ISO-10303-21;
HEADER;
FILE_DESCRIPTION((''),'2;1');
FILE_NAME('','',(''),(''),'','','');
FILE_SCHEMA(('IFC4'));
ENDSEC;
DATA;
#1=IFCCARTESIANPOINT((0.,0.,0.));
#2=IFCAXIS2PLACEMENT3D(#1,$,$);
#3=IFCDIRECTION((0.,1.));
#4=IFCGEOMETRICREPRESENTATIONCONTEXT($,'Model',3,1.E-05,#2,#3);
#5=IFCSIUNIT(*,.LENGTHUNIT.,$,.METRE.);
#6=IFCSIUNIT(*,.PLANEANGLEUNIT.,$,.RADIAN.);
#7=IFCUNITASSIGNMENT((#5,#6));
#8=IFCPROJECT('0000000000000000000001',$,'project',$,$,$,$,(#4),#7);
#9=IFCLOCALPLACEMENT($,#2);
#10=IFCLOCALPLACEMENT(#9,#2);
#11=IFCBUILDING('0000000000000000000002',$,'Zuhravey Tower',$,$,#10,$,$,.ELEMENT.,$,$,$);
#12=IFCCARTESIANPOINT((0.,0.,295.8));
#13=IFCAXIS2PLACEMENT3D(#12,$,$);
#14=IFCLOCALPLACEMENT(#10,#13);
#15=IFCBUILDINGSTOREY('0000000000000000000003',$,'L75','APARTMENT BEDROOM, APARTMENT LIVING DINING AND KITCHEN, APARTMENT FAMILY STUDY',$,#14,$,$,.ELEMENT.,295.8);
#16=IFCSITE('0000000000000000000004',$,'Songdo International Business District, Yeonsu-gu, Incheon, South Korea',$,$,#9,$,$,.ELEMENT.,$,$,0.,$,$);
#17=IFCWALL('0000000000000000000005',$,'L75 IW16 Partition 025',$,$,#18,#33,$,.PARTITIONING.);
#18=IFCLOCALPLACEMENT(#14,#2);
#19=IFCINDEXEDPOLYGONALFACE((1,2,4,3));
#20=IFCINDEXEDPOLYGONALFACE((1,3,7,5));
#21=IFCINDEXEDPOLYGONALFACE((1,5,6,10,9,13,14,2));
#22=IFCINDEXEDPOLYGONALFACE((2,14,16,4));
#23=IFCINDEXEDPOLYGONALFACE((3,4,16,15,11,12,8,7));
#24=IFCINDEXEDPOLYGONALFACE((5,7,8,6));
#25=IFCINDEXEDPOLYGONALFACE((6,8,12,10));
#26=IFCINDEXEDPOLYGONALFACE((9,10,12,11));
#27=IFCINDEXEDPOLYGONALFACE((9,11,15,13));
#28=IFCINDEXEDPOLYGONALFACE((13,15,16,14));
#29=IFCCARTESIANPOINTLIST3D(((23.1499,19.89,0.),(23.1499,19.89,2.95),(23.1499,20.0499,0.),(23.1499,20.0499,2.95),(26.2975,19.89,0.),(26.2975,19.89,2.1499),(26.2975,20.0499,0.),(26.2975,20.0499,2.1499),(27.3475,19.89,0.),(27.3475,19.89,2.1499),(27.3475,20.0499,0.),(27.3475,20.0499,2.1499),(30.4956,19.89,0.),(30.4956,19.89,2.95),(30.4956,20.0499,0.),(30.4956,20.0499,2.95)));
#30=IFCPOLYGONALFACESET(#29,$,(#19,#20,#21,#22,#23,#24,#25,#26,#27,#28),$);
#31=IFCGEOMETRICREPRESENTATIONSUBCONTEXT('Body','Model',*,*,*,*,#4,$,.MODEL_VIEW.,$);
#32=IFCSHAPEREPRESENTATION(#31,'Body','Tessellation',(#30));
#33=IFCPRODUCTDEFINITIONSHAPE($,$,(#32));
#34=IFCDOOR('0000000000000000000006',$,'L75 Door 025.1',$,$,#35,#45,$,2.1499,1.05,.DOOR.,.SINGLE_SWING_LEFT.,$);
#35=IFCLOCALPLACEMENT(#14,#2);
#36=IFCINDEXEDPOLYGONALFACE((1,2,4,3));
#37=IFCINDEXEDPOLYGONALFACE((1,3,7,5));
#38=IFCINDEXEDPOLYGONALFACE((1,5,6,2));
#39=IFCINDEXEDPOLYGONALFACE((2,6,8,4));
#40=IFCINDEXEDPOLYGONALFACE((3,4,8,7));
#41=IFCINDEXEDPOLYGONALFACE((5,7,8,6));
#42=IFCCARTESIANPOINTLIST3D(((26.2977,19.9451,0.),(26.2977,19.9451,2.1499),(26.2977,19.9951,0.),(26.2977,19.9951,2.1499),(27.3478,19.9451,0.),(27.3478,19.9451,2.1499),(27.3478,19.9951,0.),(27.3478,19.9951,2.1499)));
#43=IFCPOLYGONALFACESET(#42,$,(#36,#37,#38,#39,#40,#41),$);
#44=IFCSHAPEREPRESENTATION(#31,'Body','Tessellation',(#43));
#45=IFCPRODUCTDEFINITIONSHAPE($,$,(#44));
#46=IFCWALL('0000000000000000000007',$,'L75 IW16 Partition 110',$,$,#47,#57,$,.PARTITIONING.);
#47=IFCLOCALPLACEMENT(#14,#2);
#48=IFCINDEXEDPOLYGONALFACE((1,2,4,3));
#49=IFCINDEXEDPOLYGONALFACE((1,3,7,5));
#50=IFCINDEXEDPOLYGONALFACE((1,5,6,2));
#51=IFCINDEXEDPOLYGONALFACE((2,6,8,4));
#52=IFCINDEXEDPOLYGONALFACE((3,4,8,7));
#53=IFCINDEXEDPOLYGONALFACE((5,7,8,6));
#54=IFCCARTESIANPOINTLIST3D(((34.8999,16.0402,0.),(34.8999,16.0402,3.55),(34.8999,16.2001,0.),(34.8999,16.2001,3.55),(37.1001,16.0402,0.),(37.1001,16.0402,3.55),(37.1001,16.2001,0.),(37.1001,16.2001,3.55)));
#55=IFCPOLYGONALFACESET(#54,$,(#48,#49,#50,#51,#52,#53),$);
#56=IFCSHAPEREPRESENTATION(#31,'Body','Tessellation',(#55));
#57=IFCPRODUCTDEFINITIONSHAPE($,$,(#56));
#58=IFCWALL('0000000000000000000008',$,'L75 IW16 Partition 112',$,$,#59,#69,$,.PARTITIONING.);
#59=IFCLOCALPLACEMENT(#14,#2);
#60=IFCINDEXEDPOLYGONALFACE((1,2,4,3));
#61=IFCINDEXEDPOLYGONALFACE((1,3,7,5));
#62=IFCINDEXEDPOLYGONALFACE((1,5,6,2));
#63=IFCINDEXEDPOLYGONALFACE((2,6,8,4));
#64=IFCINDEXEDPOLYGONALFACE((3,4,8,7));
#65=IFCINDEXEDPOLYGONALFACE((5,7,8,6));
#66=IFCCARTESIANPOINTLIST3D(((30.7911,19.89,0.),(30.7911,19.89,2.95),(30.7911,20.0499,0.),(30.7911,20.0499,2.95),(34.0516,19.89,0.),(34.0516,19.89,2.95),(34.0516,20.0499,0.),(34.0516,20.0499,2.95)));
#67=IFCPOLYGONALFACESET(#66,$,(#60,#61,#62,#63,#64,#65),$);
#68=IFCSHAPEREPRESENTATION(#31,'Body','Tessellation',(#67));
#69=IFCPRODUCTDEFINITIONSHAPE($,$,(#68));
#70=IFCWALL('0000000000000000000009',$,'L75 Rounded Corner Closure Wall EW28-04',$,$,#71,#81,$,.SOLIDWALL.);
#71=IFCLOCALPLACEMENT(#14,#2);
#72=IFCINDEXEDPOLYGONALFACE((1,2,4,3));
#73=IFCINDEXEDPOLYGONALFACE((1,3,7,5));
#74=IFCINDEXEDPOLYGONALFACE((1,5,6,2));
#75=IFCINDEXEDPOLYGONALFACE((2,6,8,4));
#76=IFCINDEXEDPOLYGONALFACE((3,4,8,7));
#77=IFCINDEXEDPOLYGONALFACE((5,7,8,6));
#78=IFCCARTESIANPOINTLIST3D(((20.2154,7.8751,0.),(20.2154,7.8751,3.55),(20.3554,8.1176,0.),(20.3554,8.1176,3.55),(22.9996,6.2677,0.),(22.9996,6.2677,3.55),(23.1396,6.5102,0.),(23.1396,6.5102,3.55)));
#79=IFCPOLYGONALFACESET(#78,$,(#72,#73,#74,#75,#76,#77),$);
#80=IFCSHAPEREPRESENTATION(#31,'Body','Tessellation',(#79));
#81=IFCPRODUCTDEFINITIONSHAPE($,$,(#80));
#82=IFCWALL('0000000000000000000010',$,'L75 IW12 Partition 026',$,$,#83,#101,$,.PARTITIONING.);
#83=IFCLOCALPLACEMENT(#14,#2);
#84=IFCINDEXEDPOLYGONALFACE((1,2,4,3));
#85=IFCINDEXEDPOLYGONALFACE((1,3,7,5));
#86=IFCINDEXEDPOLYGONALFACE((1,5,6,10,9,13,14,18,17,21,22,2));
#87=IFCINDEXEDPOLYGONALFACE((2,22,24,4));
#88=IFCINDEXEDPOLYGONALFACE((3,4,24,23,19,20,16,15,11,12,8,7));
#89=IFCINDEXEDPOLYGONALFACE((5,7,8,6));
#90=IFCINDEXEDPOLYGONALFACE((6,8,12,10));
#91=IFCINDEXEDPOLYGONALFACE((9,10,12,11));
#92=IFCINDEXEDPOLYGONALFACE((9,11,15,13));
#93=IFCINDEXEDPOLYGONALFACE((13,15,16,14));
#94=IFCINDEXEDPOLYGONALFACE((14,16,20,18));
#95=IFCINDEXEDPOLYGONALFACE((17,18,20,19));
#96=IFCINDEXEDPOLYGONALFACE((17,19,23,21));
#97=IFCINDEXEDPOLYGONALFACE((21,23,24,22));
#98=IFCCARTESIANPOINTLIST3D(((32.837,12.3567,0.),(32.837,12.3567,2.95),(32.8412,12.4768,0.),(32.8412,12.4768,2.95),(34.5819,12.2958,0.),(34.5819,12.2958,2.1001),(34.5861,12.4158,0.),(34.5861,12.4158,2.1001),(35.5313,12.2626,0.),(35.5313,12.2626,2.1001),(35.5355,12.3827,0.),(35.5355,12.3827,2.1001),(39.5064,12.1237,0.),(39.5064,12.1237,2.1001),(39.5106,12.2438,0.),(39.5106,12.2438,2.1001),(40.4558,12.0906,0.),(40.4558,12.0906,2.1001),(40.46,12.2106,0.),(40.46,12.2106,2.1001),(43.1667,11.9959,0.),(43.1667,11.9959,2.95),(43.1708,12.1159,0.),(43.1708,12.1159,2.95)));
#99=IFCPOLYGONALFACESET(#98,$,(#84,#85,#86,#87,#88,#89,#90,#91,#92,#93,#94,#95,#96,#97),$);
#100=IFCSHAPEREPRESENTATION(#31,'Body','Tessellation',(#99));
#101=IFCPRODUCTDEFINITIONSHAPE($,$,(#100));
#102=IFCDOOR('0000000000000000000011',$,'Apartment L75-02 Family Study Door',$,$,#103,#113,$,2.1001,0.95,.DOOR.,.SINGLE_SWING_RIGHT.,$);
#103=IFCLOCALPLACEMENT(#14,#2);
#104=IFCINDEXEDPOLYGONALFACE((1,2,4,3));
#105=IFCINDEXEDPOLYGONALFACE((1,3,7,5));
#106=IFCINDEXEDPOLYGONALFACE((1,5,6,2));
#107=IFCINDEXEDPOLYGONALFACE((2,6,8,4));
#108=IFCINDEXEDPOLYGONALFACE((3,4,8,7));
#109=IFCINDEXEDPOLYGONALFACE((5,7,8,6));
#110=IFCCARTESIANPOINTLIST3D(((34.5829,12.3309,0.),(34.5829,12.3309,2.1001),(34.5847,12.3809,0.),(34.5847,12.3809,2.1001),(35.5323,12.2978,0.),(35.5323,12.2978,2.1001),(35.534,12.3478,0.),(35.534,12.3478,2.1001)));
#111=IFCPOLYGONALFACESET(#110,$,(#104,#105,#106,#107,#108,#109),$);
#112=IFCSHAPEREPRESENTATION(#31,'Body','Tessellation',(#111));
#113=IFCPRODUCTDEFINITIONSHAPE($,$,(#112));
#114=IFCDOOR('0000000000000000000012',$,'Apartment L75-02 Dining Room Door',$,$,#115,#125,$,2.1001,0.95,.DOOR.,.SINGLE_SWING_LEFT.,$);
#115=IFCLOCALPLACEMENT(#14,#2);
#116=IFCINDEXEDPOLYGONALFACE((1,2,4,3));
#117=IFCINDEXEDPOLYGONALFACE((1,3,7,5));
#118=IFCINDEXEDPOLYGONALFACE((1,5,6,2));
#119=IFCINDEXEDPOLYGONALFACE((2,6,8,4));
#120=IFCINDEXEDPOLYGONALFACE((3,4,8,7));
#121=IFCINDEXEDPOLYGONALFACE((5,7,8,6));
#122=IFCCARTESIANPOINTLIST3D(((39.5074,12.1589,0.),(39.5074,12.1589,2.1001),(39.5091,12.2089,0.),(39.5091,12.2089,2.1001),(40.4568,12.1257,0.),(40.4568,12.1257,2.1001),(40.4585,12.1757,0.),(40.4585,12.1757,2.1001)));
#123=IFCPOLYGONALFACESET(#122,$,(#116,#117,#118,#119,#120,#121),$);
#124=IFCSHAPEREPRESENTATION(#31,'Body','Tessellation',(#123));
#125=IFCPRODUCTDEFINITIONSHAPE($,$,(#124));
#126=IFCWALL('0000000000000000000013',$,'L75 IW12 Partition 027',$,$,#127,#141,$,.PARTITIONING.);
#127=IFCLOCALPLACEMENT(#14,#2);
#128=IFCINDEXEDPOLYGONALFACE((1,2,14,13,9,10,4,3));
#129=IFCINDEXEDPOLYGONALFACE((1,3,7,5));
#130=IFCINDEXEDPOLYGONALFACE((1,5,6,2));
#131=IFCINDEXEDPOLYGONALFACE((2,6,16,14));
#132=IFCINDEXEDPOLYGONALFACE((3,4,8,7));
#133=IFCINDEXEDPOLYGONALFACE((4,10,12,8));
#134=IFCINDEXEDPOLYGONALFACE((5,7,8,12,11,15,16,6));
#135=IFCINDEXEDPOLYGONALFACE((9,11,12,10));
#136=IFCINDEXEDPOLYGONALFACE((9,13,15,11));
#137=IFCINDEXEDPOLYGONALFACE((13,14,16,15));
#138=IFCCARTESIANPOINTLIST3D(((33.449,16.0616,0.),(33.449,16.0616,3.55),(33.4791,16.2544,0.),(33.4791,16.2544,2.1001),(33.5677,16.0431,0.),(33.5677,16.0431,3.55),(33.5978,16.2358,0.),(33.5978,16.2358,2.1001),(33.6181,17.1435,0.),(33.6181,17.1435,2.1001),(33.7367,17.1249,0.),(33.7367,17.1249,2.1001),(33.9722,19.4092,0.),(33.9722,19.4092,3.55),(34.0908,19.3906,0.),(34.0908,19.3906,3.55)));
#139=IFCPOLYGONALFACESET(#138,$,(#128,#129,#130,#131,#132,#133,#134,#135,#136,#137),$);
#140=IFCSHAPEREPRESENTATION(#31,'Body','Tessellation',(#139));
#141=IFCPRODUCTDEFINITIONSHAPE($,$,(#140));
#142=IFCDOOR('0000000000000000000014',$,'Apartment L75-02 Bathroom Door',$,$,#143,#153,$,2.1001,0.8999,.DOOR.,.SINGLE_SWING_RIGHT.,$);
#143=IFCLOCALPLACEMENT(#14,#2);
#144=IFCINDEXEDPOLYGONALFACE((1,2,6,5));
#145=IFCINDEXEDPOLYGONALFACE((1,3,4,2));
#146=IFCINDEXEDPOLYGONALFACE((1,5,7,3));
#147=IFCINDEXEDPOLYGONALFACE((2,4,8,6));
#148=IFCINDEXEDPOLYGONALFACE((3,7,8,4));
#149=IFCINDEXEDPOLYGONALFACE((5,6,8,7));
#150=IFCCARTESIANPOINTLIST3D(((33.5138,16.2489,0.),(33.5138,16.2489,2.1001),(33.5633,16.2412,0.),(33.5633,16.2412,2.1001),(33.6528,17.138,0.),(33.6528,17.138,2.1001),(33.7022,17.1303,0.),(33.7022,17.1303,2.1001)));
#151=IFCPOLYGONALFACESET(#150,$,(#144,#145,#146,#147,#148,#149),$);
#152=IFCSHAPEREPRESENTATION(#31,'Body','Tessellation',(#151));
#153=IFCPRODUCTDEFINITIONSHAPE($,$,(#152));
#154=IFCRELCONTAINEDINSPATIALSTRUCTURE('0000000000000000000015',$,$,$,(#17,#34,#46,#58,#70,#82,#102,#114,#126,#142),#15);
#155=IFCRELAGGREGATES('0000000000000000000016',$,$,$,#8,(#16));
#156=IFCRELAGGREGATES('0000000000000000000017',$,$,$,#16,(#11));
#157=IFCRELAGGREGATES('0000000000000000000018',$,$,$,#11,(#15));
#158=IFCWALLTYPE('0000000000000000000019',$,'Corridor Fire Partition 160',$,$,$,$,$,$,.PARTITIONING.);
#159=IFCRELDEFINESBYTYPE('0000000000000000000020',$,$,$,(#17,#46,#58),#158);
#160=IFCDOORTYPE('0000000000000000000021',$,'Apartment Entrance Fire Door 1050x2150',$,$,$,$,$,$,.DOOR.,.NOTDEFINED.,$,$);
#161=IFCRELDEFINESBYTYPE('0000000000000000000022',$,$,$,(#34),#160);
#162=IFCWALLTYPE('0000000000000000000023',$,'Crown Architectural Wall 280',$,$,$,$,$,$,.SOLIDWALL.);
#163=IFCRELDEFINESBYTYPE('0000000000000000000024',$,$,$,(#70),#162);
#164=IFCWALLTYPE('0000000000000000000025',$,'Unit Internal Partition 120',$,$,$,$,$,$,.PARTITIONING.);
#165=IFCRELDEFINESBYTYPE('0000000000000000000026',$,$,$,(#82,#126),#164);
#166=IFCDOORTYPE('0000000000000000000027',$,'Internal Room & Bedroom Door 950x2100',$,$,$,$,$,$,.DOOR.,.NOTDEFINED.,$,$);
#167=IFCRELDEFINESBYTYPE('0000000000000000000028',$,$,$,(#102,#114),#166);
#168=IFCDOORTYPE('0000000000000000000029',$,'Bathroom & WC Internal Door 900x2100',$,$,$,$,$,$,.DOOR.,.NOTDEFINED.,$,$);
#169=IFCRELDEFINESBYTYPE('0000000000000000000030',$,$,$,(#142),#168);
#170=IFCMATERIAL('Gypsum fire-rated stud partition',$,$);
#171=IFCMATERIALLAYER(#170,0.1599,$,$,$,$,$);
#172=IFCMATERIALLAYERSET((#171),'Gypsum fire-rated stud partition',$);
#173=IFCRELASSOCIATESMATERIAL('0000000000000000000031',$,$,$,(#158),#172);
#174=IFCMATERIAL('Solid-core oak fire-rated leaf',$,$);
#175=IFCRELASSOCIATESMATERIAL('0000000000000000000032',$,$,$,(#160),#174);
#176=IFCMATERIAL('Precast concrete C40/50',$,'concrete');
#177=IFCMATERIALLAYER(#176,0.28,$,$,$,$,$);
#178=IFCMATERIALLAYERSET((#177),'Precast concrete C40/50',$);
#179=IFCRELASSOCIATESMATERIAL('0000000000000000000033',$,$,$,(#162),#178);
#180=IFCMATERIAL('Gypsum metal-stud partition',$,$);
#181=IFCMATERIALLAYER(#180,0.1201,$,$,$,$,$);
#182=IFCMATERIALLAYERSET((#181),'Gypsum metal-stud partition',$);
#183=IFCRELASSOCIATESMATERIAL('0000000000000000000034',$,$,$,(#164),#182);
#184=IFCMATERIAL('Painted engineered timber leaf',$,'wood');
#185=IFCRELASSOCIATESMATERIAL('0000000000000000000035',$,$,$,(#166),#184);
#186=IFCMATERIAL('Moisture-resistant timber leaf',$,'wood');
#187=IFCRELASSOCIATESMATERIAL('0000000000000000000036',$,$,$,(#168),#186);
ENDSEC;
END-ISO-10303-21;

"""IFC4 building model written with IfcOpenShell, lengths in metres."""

from ifc_helpers import new_model, si_unit, direction, frame, frame_2d, origin, place, context, subcontext, project, spatial, rectangle, extrude, material, layer, layer_set, type_object, element, fill, save


model = new_model("IFC4")

# Units and contexts
model_context = context("Model", 3, precision=1e-05, world=origin(), true_north=direction((0.0, 1.0)))
body_context = subcontext(model_context, "Body", "Model", "MODEL_VIEW")
ifc_project = project(units=[si_unit("LENGTHUNIT", "METRE"), si_unit("PLANEANGLEUNIT", "RADIAN")], contexts=[model_context])

# Site, building, storey
site_placement = place(None, origin())
site = spatial("IfcSite", under=ifc_project, at=site_placement, Name="Songdo International Business District, Yeonsu-gu, Incheon, South Korea", CompositionType="ELEMENT", RefElevation=0.0)
building_placement = place(site_placement, origin())
building = spatial("IfcBuilding", under=site, at=building_placement, Name="Zuhravey Tower", CompositionType="ELEMENT")
storey_placement = place(building_placement, frame((0.0, 0.0, 295.8)))
storey = spatial("IfcBuildingStorey", under=building, at=storey_placement, Name="L75", Description="APARTMENT BEDROOM, APARTMENT LIVING DINING AND KITCHEN, APARTMENT FAMILY STUDY", CompositionType="ELEMENT", Elevation=295.8)

# Wall, opening, door
ifc_material_1 = material(Name="Gypsum fire-rated stud partition")
ifc_layer_1 = layer(ifc_material_1, 0.1599)
ifc_layer_set_1 = layer_set([ifc_layer_1], Name="Gypsum fire-rated stud partition")
wall_type_1 = type_object("IfcWallType", Name="Corridor Fire Partition 160", PredefinedType="PARTITIONING", material=ifc_layer_set_1)
wall_1_placement = place(storey_placement, frame((23.1499, 19.97, 0.0), z_axis=(0.0, 0.0, 1.0), x_axis=(1.0, 0.0, 0.0)))
wall_1 = element("IfcWall", 1, at=wall_1_placement, inside=storey, type_object=wall_type_1, Name="L75 IW16 Partition 025", PredefinedType="PARTITIONING", context=body_context, shape_type="SweptSolid", body=[
    extrude(rectangle(XDim=7.3457, YDim=0.1599, at=frame_2d((3.6729, 0.0))), origin(), (0.0, 0.0, 1.0), 2.95),
])
opening_1_placement = place(wall_1_placement, frame((3.1477, 0.0, 0.0)))
opening_1 = element("IfcOpeningElement", 2, at=opening_1_placement, cuts=wall_1, PredefinedType="OPENING", context=body_context, shape_type="SweptSolid", body=[
    extrude(rectangle(XDim=1.05, YDim=2.1499, at=frame_2d((0.5249, 1.075))), frame((0.0, 0.092, 0.0), z_axis=(0.0, -1.0, 0.0), x_axis=(1.0, 0.0, 0.0)), (0.0, 0.0, 1.0), 0.1838),
])
ifc_material_2 = material(Name="Solid-core oak fire-rated leaf")
door_type_1 = type_object("IfcDoorType", Name="Apartment Entrance Fire Door 1050x2150", OperationType="NOTDEFINED", PredefinedType="DOOR", material=ifc_material_2)
door_1_placement = place(opening_1_placement, frame((1.05, 0.0, 0.0), z_axis=(0.0, 0.0, 1.0), x_axis=(-1.0, 0.0, 0.0)))
door_1 = element("IfcDoor", 3, at=door_1_placement, inside=storey, type_object=door_type_1, Name="L75 Door 025.1", OperationType="SINGLE_SWING_LEFT", OverallHeight=2.1499, OverallWidth=1.05, PredefinedType="DOOR", context=body_context, shape_type="SweptSolid", body=[
    extrude(rectangle(XDim=1.05, YDim=2.1499, at=frame_2d((0.5249, 1.075))), frame((0.0, 0.0249, 0.0), z_axis=(0.0, -1.0, 0.0), x_axis=(1.0, 0.0, 0.0)), (0.0, 0.0, 1.0), 0.05),
])
fill(opening_1, door_1)

# Walls
wall_2_placement = place(storey_placement, frame((34.8999, 16.1201, 0.0), z_axis=(0.0, 0.0, 1.0), x_axis=(1.0, 0.0, 0.0)))
element("IfcWall", 4, at=wall_2_placement, inside=storey, type_object=wall_type_1, Name="L75 IW16 Partition 110", PredefinedType="PARTITIONING", context=body_context, shape_type="SweptSolid", body=[
    extrude(rectangle(XDim=2.2002, YDim=0.1599, at=frame_2d((1.1001, 0.0))), origin(), (0.0, 0.0, 1.0), 3.55),
])
wall_3_placement = place(storey_placement, frame((30.791, 19.97, 0.0), z_axis=(0.0, 0.0, 1.0), x_axis=(1.0, 0.0, 0.0)))
element("IfcWall", 5, at=wall_3_placement, inside=storey, type_object=wall_type_1, Name="L75 IW16 Partition 112", PredefinedType="PARTITIONING", context=body_context, shape_type="SweptSolid", body=[
    extrude(rectangle(XDim=3.2605, YDim=0.1599, at=frame_2d((1.6304, 0.0))), origin(), (0.0, 0.0, 1.0), 2.95),
])
ifc_material_3 = material(Name="Precast concrete C40/50", Category="concrete")
ifc_layer_2 = layer(ifc_material_3, 0.28)
ifc_layer_set_2 = layer_set([ifc_layer_2], Name="Precast concrete C40/50")
wall_type_2 = type_object("IfcWallType", Name="Crown Architectural Wall 280", PredefinedType="SOLIDWALL", material=ifc_layer_set_2)
wall_4_placement = place(storey_placement, frame((23.0696, 6.3889, 0.0), z_axis=(0.0, 0.0, 1.0), x_axis=(-0.866029, 0.499994, 0.0)))
element("IfcWall", 6, at=wall_4_placement, inside=storey, type_object=wall_type_2, Name="L75 Rounded Corner Closure Wall EW28-04", PredefinedType="SOLIDWALL", context=body_context, shape_type="SweptSolid", body=[
    extrude(rectangle(XDim=3.2148, YDim=0.28, at=frame_2d((1.6074, 0.0))), origin(), (0.0, 0.0, 1.0), 3.55),
])

# Wall, openings, doors
ifc_material_4 = material(Name="Gypsum metal-stud partition")
ifc_layer_3 = layer(ifc_material_4, 0.1201)
ifc_layer_set_3 = layer_set([ifc_layer_3], Name="Gypsum metal-stud partition")
wall_type_3 = type_object("IfcWallType", Name="Unit Internal Partition 120", PredefinedType="PARTITIONING", material=ifc_layer_set_3)
wall_5_placement = place(storey_placement, frame((32.8391, 12.4167, 0.0), z_axis=(0.0, 0.0, 1.0), x_axis=(0.99939, -0.034911, 0.0)))
wall_5 = element("IfcWall", 7, at=wall_5_placement, inside=storey, type_object=wall_type_3, Name="L75 IW12 Partition 026", PredefinedType="PARTITIONING", context=body_context, shape_type="SweptSolid", body=[
    extrude(rectangle(XDim=10.3359, YDim=0.1201, at=frame_2d((5.168, 0.0))), origin(), (0.0, 0.0, 1.0), 2.95),
])
opening_2_placement = place(wall_5_placement, frame((1.7458, 0.0, 0.0)))
opening_2 = element("IfcOpeningElement", 8, at=opening_2_placement, cuts=wall_5, PredefinedType="OPENING", context=body_context, shape_type="SweptSolid", body=[
    extrude(rectangle(XDim=0.95, YDim=2.1001, at=frame_2d((0.4751, 1.05))), frame((0.0, 0.072, 0.0), z_axis=(0.0, -1.0, 0.0), x_axis=(1.0, 0.0, 0.0)), (0.0, 0.0, 1.0), 0.144),
])
opening_3_placement = place(wall_5_placement, frame((6.6733, 0.0, 0.0)))
opening_3 = element("IfcOpeningElement", 9, at=opening_3_placement, cuts=wall_5, PredefinedType="OPENING", context=body_context, shape_type="SweptSolid", body=[
    extrude(rectangle(XDim=0.95, YDim=2.1001, at=frame_2d((0.4751, 1.05))), frame((0.0, 0.072, 0.0), z_axis=(0.0, -1.0, 0.0), x_axis=(1.0, 0.0, 0.0)), (0.0, 0.0, 1.0), 0.144),
])
ifc_material_5 = material(Name="Painted engineered timber leaf", Category="wood")
door_type_2 = type_object("IfcDoorType", Name="Internal Room & Bedroom Door 950x2100", OperationType="NOTDEFINED", PredefinedType="DOOR", material=ifc_material_5)
door_2_placement = place(opening_2_placement, frame((0.95, 0.0, 0.0), z_axis=(0.0, 0.0, 1.0), x_axis=(-1.0, 0.0, 0.0)))
door_2 = element("IfcDoor", 10, at=door_2_placement, inside=storey, type_object=door_type_2, Name="Apartment L75-02 Family Study Door", OperationType="SINGLE_SWING_RIGHT", OverallHeight=2.1001, OverallWidth=0.95, PredefinedType="DOOR", context=body_context, shape_type="SweptSolid", body=[
    extrude(rectangle(XDim=0.95, YDim=2.1001, at=frame_2d((0.4751, 1.05))), frame((0.0, 0.0249, 0.0), z_axis=(0.0, -1.0, 0.0), x_axis=(1.0, 0.0, 0.0)), (0.0, 0.0, 1.0), 0.05),
])
fill(opening_2, door_2)
door_3_placement = place(opening_3_placement, frame((0.95, 0.0, 0.0), z_axis=(0.0, 0.0, 1.0), x_axis=(-1.0, 0.0, 0.0)))
door_3 = element("IfcDoor", 11, at=door_3_placement, inside=storey, type_object=door_type_2, Name="Apartment L75-02 Dining Room Door", OperationType="SINGLE_SWING_LEFT", OverallHeight=2.1001, OverallWidth=0.95, PredefinedType="DOOR", context=body_context, shape_type="SweptSolid", body=[
    extrude(rectangle(XDim=0.95, YDim=2.1001, at=frame_2d((0.4751, 1.05))), frame((0.0, 0.0249, 0.0), z_axis=(0.0, -1.0, 0.0), x_axis=(1.0, 0.0, 0.0)), (0.0, 0.0, 1.0), 0.05),
])
fill(opening_3, door_3)

# Wall, opening, door
wall_6_placement = place(storey_placement, frame((34.0315, 19.3999, 0.0), z_axis=(0.0, 0.0, 1.0), x_axis=(-0.154412, -0.988007, 0.0)))
wall_6 = element("IfcWall", 12, at=wall_6_placement, inside=storey, type_object=wall_type_3, Name="L75 IW12 Partition 027", PredefinedType="PARTITIONING", context=body_context, shape_type="SweptSolid", body=[
    extrude(rectangle(XDim=3.3882, YDim=0.1201, at=frame_2d((1.6941, 0.0))), origin(), (0.0, 0.0, 1.0), 3.55),
])
opening_4_placement = place(wall_6_placement, frame((2.2932, 0.0, 0.0)))
opening_4 = element("IfcOpeningElement", 13, at=opening_4_placement, cuts=wall_6, PredefinedType="OPENING", context=body_context, shape_type="SweptSolid", body=[
    extrude(rectangle(XDim=0.8999, YDim=2.1001, at=frame_2d((0.45, 1.05))), frame((0.0, 0.072, 0.0), z_axis=(0.0, -1.0, 0.0), x_axis=(1.0, 0.0, 0.0)), (0.0, 0.0, 1.0), 0.144),
])
ifc_material_6 = material(Name="Moisture-resistant timber leaf", Category="wood")
door_type_3 = type_object("IfcDoorType", Name="Bathroom & WC Internal Door 900x2100", OperationType="NOTDEFINED", PredefinedType="DOOR", material=ifc_material_6)
door_4_placement = place(opening_4_placement, frame((0.8999, 0.0, 0.0), z_axis=(0.0, 0.0, 1.0), x_axis=(-1.0, 0.0, 0.0)))
door_4 = element("IfcDoor", 14, at=door_4_placement, inside=storey, type_object=door_type_3, Name="Apartment L75-02 Bathroom Door", OperationType="SINGLE_SWING_RIGHT", OverallHeight=2.1001, OverallWidth=0.8999, PredefinedType="DOOR", context=body_context, shape_type="SweptSolid", body=[
    extrude(rectangle(XDim=0.8999, YDim=2.1001, at=frame_2d((0.45, 1.05))), frame((0.0, 0.0249, 0.0), z_axis=(0.0, -1.0, 0.0), x_axis=(1.0, 0.0, 0.0)), (0.0, 0.0, 1.0), 0.05),
])
fill(opening_4, door_4)

save(model, "model.ifc")
